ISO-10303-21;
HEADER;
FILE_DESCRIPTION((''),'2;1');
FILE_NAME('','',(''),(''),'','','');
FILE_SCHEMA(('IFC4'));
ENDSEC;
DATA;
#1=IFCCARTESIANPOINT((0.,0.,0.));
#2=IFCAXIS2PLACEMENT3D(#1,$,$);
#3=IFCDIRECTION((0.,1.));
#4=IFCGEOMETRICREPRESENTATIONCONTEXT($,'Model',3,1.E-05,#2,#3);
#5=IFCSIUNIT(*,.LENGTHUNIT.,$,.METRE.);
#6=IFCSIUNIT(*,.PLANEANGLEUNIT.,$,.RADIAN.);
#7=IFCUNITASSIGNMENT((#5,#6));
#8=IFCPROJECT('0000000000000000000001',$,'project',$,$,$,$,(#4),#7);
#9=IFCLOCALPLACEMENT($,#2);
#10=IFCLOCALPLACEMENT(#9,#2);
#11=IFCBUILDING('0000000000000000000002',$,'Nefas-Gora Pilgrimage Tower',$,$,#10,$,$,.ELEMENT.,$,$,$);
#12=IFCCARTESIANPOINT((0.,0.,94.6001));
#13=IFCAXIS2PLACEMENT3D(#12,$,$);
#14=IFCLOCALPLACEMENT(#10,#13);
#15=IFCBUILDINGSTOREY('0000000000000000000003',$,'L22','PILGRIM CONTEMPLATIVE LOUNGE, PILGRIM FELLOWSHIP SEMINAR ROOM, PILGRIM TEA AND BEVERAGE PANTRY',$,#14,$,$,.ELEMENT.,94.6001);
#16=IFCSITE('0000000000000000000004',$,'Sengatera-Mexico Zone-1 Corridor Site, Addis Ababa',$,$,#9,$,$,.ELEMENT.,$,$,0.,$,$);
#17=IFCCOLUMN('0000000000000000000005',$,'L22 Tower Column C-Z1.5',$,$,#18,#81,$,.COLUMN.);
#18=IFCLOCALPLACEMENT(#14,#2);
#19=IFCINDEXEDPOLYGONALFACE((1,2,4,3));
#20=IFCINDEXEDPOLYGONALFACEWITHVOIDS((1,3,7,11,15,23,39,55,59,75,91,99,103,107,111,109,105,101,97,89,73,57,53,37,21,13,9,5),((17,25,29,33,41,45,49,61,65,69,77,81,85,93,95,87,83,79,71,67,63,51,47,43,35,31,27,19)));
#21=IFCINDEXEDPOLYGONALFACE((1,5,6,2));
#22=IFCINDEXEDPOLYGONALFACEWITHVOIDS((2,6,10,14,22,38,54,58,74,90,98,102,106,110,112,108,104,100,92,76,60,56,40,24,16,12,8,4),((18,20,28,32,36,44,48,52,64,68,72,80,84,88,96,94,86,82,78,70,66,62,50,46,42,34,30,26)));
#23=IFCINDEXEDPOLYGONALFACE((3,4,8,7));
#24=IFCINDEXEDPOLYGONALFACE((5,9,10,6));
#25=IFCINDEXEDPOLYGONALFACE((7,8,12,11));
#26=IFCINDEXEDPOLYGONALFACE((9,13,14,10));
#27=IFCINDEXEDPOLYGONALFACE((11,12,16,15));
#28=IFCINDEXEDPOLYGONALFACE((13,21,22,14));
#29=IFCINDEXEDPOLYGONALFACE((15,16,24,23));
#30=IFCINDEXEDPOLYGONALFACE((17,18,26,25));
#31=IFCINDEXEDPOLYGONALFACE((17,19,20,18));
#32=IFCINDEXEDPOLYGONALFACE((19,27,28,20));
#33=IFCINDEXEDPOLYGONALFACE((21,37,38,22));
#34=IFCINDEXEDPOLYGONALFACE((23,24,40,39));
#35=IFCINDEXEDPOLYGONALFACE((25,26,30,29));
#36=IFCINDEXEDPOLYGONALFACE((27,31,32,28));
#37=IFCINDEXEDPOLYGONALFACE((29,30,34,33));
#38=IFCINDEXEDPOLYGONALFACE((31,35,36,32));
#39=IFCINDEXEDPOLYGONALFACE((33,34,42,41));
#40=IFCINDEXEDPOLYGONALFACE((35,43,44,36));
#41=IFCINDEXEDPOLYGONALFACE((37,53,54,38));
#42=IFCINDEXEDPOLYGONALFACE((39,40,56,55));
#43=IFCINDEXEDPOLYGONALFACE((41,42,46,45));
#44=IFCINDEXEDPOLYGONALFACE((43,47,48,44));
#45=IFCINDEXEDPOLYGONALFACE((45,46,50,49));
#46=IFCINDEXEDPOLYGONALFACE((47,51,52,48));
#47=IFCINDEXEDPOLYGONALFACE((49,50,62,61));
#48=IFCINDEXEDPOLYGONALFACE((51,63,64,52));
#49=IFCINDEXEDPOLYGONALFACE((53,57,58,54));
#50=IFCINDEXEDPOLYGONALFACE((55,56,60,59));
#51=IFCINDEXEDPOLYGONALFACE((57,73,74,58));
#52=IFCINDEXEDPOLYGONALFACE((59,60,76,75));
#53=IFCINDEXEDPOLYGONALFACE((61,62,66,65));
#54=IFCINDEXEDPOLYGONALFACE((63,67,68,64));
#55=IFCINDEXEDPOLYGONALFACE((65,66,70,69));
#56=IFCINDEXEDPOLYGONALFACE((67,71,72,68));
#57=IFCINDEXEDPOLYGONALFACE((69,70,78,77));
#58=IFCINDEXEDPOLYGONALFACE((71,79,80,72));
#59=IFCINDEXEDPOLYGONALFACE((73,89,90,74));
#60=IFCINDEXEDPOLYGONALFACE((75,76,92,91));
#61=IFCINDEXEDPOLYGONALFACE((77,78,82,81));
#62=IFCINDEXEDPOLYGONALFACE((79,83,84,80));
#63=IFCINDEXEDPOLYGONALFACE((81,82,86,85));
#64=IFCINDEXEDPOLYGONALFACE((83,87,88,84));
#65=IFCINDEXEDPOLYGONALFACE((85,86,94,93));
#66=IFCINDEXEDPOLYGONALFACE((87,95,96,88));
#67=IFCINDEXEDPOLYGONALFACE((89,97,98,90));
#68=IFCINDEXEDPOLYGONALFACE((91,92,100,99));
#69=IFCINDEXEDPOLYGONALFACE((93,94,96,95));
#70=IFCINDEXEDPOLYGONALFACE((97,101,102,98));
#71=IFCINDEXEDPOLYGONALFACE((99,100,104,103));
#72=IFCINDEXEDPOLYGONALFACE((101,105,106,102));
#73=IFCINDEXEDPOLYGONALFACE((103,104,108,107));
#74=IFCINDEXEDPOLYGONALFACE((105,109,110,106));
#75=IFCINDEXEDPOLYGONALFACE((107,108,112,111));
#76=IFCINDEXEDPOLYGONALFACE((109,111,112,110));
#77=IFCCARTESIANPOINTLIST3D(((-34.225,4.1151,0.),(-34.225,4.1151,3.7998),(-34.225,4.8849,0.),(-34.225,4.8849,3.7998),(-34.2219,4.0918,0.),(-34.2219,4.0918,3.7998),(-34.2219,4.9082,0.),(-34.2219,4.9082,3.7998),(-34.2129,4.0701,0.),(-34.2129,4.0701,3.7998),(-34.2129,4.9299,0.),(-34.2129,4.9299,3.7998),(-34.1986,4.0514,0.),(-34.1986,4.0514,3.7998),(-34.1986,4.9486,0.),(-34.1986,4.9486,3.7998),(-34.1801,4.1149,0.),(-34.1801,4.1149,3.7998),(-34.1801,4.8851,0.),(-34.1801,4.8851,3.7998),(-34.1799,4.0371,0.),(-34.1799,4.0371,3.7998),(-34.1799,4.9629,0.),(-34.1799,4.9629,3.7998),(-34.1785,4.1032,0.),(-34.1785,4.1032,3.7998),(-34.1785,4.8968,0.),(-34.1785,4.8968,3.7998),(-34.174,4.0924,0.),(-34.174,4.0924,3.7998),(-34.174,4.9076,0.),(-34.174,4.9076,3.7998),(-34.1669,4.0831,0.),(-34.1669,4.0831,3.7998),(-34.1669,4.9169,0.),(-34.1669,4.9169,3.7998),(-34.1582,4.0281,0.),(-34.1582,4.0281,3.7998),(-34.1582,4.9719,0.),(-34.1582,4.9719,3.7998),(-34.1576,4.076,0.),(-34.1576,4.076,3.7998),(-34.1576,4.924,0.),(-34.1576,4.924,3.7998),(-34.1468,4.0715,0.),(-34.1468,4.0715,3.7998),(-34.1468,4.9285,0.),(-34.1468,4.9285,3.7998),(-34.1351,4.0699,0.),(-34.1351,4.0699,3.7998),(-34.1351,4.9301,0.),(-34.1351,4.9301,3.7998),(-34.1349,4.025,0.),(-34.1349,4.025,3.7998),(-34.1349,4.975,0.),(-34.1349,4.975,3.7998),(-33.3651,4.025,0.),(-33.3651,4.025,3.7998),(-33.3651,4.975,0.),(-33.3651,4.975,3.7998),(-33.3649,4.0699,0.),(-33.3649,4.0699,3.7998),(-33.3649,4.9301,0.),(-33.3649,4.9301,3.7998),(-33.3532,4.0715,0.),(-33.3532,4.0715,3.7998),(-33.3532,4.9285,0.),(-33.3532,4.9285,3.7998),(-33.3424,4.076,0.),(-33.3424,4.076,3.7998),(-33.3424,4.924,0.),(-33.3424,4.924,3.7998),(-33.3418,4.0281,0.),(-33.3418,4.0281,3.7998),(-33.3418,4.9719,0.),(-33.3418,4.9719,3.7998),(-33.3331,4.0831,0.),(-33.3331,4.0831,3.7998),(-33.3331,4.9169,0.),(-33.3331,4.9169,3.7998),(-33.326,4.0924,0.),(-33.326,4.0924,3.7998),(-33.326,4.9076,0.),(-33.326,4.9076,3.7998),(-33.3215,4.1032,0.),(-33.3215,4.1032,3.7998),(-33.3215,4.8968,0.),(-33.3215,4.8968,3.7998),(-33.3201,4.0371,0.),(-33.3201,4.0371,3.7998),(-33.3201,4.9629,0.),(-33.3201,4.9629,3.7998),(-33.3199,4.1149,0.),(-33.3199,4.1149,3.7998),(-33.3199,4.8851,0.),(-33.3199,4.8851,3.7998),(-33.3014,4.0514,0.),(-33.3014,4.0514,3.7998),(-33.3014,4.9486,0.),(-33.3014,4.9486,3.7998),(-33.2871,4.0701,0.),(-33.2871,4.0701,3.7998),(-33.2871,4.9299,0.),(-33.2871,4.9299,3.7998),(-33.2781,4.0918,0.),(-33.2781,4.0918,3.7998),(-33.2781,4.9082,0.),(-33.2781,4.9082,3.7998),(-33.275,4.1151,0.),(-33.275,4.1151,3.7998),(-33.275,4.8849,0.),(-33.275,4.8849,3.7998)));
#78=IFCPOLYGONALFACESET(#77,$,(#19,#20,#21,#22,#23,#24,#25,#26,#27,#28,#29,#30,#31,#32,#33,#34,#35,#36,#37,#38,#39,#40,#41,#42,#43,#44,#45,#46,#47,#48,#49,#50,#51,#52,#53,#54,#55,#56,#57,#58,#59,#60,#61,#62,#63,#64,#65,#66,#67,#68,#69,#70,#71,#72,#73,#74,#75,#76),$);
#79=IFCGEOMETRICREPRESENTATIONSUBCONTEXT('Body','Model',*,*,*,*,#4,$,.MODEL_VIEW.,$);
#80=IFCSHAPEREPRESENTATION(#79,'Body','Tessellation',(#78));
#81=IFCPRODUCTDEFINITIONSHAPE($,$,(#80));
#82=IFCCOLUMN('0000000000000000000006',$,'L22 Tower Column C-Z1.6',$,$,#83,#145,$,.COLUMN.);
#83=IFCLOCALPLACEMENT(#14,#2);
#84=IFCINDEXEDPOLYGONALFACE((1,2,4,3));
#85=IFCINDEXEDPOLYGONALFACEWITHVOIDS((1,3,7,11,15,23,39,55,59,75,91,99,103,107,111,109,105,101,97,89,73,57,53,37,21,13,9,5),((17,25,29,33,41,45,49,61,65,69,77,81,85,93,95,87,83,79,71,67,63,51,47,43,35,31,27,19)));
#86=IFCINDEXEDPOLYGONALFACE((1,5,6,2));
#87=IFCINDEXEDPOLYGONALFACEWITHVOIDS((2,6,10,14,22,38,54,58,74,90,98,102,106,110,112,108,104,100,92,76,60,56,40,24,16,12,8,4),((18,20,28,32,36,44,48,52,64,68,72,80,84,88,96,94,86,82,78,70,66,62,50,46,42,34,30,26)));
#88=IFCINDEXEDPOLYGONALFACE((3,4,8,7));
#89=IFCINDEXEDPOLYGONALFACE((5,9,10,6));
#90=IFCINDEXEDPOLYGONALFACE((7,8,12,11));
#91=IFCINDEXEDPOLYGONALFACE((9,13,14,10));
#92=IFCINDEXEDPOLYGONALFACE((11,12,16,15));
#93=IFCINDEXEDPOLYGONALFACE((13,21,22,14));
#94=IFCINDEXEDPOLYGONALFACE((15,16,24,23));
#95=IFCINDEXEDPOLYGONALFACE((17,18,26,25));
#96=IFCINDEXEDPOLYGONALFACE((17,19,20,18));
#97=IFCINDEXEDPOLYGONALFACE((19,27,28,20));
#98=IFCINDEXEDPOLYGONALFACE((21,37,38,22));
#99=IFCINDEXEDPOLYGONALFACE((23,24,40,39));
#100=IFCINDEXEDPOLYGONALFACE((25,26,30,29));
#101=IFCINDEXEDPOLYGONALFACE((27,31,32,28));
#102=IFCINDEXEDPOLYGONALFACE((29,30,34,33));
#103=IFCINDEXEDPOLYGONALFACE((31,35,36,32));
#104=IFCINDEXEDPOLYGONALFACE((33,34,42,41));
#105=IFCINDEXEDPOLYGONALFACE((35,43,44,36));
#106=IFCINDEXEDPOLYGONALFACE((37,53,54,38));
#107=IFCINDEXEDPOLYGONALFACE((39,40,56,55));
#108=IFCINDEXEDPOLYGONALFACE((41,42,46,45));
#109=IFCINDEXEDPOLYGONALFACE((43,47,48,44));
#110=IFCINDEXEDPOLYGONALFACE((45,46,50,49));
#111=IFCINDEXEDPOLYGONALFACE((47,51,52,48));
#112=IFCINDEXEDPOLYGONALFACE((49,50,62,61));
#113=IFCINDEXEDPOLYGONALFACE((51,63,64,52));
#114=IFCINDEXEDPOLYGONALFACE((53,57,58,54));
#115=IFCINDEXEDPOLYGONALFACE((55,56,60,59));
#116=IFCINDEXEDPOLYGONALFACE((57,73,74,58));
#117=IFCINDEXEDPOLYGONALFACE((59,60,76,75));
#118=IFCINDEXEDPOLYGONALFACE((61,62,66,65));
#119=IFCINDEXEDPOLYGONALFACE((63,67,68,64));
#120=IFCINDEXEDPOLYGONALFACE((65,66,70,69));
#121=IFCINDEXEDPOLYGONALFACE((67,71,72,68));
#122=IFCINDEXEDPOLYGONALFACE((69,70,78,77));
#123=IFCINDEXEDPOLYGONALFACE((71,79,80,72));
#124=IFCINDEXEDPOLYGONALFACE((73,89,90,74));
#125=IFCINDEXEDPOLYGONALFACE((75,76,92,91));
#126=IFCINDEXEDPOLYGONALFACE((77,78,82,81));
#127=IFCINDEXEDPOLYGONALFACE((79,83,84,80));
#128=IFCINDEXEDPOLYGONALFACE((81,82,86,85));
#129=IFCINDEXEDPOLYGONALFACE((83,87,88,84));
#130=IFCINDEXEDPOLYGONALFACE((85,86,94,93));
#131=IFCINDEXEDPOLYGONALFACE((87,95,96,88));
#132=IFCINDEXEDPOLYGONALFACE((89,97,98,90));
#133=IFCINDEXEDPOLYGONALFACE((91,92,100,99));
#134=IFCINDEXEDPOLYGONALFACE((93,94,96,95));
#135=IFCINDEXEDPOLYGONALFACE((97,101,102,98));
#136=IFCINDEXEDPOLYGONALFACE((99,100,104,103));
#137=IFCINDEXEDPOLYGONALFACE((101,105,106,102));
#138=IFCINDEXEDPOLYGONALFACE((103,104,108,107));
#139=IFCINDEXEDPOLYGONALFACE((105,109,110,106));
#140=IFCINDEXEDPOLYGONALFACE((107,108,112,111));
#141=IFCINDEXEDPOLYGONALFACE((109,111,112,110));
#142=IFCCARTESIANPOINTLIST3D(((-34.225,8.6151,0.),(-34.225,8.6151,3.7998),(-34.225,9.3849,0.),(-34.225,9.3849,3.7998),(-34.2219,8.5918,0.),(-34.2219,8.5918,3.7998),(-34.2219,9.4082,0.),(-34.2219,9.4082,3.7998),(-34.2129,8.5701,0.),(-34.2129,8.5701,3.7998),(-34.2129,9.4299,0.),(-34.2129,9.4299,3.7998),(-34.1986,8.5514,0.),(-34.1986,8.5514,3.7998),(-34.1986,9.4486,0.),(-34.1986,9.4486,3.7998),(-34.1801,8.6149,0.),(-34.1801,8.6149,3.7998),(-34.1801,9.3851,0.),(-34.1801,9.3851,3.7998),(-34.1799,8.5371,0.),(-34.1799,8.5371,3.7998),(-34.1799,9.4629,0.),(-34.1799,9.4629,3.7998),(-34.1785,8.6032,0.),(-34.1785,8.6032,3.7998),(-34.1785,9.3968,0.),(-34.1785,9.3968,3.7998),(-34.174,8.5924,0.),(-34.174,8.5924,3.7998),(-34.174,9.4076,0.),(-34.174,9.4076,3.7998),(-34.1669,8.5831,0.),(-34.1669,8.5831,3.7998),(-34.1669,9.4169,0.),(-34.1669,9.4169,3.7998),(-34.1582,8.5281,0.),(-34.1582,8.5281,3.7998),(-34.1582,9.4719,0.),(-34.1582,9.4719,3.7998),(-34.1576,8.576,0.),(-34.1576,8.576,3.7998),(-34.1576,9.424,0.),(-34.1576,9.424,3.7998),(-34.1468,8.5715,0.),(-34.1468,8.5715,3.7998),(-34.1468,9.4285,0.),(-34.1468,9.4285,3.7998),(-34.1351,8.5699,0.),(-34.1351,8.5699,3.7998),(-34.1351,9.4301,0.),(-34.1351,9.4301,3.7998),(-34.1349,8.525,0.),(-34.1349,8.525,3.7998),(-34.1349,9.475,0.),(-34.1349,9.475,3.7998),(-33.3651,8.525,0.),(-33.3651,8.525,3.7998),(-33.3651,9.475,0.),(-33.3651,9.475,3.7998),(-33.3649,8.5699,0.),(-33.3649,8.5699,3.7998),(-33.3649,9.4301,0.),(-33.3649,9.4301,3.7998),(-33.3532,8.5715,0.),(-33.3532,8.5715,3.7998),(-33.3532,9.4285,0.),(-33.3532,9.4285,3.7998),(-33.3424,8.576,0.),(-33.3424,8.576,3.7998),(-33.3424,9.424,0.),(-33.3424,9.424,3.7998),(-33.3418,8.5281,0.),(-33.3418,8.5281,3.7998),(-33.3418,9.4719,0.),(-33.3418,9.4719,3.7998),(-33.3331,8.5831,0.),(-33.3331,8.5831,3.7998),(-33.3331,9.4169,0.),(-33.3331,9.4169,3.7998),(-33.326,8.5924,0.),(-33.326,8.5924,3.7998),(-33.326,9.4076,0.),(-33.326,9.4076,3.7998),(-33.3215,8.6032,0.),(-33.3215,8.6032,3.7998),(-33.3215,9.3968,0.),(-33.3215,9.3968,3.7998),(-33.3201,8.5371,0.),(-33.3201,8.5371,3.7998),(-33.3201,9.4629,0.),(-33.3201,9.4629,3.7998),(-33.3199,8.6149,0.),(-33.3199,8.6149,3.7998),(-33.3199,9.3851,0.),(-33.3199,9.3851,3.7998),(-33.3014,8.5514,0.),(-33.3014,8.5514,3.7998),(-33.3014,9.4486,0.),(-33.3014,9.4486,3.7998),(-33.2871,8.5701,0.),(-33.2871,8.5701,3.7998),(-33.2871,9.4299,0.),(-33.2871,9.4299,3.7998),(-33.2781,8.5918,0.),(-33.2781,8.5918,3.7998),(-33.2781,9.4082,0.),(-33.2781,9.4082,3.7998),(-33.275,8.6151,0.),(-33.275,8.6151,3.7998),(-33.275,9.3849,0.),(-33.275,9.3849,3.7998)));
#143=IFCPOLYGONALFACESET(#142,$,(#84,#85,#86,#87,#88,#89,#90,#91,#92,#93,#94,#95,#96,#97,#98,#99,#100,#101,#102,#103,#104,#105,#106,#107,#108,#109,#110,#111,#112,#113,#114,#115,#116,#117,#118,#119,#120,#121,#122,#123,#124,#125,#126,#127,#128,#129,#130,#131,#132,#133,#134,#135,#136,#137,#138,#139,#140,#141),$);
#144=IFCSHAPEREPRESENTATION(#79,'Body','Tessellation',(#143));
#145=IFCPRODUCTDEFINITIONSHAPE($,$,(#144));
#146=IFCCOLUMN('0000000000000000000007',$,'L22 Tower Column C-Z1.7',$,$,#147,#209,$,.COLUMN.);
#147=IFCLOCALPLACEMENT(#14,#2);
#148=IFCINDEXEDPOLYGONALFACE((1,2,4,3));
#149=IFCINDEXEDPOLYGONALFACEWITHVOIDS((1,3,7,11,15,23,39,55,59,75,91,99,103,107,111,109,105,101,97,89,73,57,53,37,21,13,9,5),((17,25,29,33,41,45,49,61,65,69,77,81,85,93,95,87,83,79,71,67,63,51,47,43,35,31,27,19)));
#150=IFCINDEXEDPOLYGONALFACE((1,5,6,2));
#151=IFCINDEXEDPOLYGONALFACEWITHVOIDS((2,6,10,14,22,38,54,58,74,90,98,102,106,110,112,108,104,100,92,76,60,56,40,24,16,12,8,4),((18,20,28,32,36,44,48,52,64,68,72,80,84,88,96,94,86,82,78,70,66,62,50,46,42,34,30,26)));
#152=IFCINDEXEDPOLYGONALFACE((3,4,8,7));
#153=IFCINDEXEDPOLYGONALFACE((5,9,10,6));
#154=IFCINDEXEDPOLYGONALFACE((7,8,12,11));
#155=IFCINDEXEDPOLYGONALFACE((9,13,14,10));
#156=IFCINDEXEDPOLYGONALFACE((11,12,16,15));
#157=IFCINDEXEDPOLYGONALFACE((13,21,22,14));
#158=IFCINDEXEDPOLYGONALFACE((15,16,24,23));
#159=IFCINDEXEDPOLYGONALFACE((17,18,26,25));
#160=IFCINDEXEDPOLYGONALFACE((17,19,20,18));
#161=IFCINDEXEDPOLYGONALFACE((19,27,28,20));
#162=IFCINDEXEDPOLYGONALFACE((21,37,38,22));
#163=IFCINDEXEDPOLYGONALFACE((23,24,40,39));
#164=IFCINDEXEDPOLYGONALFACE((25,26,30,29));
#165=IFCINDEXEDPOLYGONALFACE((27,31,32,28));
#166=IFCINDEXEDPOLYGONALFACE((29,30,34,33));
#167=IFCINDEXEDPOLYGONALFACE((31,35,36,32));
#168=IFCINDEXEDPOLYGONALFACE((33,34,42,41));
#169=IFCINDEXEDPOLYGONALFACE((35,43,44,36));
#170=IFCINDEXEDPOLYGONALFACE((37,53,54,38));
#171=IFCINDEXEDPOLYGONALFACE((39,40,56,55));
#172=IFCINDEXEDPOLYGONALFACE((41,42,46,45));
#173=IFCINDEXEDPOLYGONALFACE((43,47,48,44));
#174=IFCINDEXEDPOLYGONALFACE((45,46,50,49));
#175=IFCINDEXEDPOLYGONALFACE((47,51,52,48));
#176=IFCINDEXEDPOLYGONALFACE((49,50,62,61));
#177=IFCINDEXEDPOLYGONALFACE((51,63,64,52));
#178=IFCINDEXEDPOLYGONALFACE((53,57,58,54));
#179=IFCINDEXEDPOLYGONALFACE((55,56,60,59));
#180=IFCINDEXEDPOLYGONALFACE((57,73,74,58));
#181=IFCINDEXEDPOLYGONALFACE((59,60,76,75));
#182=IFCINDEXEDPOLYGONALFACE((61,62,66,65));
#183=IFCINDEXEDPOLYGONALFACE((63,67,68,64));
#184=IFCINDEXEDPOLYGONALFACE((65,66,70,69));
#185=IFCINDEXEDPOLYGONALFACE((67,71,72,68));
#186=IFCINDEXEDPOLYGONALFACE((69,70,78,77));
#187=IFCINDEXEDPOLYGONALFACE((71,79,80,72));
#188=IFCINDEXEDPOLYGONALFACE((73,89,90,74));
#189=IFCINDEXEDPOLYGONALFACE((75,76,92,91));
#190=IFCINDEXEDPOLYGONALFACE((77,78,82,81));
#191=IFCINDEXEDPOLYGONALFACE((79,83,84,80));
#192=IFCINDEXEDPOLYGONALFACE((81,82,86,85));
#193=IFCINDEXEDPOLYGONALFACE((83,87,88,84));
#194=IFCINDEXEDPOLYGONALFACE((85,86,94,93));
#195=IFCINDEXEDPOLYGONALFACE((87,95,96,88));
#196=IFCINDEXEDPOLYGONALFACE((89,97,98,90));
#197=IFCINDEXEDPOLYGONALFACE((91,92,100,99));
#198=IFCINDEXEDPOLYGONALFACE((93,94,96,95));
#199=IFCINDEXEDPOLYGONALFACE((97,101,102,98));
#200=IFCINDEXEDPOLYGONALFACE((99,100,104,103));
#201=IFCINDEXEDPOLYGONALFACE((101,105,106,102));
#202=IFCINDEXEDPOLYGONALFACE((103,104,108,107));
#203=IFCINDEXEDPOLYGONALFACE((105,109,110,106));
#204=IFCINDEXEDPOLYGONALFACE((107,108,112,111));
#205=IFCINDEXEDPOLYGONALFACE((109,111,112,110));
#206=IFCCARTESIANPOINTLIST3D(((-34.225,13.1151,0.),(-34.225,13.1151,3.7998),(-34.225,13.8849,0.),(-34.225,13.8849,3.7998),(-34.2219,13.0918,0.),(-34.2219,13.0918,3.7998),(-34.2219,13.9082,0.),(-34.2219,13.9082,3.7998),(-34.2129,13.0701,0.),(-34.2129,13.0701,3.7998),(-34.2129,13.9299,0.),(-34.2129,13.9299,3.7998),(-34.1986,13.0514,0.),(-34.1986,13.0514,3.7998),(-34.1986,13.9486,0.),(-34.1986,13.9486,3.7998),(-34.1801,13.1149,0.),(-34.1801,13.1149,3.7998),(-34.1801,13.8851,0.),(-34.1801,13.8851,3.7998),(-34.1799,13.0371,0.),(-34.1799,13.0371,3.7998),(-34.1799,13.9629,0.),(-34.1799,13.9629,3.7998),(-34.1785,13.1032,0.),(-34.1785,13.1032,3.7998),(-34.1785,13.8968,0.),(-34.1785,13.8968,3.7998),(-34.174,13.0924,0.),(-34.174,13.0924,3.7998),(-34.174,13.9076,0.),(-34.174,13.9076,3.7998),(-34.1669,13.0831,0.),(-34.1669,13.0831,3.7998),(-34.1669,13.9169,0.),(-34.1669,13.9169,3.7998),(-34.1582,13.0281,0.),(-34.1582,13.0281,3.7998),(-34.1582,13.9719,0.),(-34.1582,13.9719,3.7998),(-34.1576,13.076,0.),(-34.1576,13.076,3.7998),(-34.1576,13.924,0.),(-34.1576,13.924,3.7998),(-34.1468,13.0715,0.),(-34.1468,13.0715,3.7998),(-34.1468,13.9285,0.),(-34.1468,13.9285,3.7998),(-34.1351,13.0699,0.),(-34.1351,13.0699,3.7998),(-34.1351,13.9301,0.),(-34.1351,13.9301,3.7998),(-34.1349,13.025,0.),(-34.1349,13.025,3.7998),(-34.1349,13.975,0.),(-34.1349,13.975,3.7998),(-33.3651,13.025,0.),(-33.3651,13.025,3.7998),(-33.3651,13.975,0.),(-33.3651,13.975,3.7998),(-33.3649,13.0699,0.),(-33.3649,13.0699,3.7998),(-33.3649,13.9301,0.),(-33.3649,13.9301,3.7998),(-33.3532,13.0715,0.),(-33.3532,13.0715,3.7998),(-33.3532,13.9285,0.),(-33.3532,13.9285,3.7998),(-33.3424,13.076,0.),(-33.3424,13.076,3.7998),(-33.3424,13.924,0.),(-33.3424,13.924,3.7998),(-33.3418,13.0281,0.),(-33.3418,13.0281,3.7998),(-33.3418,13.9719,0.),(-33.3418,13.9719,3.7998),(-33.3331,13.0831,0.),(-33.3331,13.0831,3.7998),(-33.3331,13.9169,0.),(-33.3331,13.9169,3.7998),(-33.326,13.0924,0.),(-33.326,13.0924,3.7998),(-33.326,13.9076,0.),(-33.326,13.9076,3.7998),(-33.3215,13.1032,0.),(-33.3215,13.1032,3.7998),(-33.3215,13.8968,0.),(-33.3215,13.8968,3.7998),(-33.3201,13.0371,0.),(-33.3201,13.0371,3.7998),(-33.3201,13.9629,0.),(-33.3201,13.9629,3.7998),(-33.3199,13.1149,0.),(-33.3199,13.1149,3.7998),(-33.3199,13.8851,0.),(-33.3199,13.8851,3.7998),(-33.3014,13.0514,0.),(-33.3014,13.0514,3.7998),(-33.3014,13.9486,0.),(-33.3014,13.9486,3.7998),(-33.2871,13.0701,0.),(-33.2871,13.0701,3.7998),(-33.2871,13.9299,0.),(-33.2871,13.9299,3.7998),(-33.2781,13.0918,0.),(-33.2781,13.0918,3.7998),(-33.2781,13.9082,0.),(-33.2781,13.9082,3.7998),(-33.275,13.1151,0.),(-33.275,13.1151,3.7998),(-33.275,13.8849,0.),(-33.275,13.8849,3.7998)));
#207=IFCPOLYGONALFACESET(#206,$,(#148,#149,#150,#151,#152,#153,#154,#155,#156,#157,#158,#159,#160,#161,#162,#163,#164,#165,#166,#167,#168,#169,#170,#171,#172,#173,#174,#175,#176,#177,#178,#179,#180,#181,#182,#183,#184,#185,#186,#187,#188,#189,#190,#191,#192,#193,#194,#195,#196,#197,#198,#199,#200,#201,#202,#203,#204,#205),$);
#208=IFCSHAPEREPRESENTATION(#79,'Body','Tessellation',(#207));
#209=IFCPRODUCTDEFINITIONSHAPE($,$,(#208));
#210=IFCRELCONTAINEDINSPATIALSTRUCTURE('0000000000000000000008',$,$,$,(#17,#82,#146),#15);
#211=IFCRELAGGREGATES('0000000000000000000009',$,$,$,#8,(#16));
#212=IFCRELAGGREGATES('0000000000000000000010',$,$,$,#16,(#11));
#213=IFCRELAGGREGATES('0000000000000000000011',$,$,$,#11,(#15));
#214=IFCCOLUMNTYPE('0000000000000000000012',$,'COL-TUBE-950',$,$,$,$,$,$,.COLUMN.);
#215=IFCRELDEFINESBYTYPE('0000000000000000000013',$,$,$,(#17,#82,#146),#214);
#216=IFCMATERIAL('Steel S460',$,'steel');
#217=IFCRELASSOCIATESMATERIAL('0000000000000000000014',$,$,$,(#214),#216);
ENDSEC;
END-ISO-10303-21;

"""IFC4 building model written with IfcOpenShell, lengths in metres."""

from ifc_helpers import new_model, si_unit, direction, frame, origin, origin_2d, place, context, subcontext, project, spatial, hollow_rectangle, extrude, source, transform, mapped, material, material_profile, profile_set, type_object, element, save


model = new_model("IFC4")

# Units and contexts
model_context = context("Model", 3, precision=1e-05, world=origin(), true_north=direction((0.0, 1.0)))
body_context = subcontext(model_context, "Body", "Model", "MODEL_VIEW")
ifc_project = project(units=[si_unit("LENGTHUNIT", "METRE"), si_unit("PLANEANGLEUNIT", "RADIAN")], contexts=[model_context])

# Site, building, storey
site_placement = place(None, origin())
site = spatial("IfcSite", under=ifc_project, at=site_placement, Name="Sengatera-Mexico Zone-1 Corridor Site, Addis Ababa", CompositionType="ELEMENT", RefElevation=0.0)
building_placement = place(site_placement, origin())
building = spatial("IfcBuilding", under=site, at=building_placement, Name="Nefas-Gora Pilgrimage Tower", CompositionType="ELEMENT")
storey_placement = place(building_placement, frame((0.0, 0.0, 94.6001)))
storey = spatial("IfcBuildingStorey", under=building, at=storey_placement, Name="L22", Description="PILGRIM CONTEMPLATIVE LOUNGE, PILGRIM FELLOWSHIP SEMINAR ROOM, PILGRIM TEA AND BEVERAGE PANTRY", CompositionType="ELEMENT", Elevation=94.6001)

# Columns
ifc_material_1 = material(Name="Steel S460", Category="steel")
ifc_material_profile_1 = material_profile(ifc_material_1, hollow_rectangle(XDim=0.95, YDim=0.95, WallThickness=0.0449, InnerFilletRadius=0.0449, OuterFilletRadius=0.0901, at=origin_2d()), Name="BOX 950x950x45")
ifc_profile_set_1 = profile_set([ifc_material_profile_1], Name="Steel S460")
column_type_1 = type_object("IfcColumnType", Name="COL-TUBE-950", PredefinedType="COLUMN", material=ifc_profile_set_1)
shared_shape_1 = source(origin(), body_context, "Body", "SweptSolid", [
    extrude(hollow_rectangle(XDim=0.95, YDim=0.95, WallThickness=0.0449, InnerFilletRadius=0.0449, OuterFilletRadius=0.0901, at=origin_2d()), origin(), (0.0, 0.0, 1.0), 3.7998),
])
for number, where, z_axis, x_axis, name in (
    (1, (-33.75, 4.5, 0.0), (0.0, 0.0, 1.0), (1.0, 0.0, 0.0), "L22 Tower Column C-Z1.5"),
    (2, (-33.75, 9.0, 0.0), (0.0, 0.0, 1.0), (1.0, 0.0, 0.0), "L22 Tower Column C-Z1.6"),
    (3, (-33.75, 13.5, 0.0), (0.0, 0.0, 1.0), (1.0, 0.0, 0.0), "L22 Tower Column C-Z1.7"),
):
    element("IfcColumn", number, at=place(storey_placement, frame(where, z_axis=z_axis, x_axis=x_axis)), inside=storey, type_object=column_type_1, Name=name, PredefinedType="COLUMN", context=body_context, shape_type="MappedRepresentation", body=[
        mapped(shared_shape_1, transform((0.0, 0.0, 0.0), x_axis=(1.0, 0.0, 0.0), y_axis=(0.0, 1.0, 0.0), z_axis=(0.0, 0.0, 1.0), scale=1.0)),
    ])

save(model, "model.ifc")
